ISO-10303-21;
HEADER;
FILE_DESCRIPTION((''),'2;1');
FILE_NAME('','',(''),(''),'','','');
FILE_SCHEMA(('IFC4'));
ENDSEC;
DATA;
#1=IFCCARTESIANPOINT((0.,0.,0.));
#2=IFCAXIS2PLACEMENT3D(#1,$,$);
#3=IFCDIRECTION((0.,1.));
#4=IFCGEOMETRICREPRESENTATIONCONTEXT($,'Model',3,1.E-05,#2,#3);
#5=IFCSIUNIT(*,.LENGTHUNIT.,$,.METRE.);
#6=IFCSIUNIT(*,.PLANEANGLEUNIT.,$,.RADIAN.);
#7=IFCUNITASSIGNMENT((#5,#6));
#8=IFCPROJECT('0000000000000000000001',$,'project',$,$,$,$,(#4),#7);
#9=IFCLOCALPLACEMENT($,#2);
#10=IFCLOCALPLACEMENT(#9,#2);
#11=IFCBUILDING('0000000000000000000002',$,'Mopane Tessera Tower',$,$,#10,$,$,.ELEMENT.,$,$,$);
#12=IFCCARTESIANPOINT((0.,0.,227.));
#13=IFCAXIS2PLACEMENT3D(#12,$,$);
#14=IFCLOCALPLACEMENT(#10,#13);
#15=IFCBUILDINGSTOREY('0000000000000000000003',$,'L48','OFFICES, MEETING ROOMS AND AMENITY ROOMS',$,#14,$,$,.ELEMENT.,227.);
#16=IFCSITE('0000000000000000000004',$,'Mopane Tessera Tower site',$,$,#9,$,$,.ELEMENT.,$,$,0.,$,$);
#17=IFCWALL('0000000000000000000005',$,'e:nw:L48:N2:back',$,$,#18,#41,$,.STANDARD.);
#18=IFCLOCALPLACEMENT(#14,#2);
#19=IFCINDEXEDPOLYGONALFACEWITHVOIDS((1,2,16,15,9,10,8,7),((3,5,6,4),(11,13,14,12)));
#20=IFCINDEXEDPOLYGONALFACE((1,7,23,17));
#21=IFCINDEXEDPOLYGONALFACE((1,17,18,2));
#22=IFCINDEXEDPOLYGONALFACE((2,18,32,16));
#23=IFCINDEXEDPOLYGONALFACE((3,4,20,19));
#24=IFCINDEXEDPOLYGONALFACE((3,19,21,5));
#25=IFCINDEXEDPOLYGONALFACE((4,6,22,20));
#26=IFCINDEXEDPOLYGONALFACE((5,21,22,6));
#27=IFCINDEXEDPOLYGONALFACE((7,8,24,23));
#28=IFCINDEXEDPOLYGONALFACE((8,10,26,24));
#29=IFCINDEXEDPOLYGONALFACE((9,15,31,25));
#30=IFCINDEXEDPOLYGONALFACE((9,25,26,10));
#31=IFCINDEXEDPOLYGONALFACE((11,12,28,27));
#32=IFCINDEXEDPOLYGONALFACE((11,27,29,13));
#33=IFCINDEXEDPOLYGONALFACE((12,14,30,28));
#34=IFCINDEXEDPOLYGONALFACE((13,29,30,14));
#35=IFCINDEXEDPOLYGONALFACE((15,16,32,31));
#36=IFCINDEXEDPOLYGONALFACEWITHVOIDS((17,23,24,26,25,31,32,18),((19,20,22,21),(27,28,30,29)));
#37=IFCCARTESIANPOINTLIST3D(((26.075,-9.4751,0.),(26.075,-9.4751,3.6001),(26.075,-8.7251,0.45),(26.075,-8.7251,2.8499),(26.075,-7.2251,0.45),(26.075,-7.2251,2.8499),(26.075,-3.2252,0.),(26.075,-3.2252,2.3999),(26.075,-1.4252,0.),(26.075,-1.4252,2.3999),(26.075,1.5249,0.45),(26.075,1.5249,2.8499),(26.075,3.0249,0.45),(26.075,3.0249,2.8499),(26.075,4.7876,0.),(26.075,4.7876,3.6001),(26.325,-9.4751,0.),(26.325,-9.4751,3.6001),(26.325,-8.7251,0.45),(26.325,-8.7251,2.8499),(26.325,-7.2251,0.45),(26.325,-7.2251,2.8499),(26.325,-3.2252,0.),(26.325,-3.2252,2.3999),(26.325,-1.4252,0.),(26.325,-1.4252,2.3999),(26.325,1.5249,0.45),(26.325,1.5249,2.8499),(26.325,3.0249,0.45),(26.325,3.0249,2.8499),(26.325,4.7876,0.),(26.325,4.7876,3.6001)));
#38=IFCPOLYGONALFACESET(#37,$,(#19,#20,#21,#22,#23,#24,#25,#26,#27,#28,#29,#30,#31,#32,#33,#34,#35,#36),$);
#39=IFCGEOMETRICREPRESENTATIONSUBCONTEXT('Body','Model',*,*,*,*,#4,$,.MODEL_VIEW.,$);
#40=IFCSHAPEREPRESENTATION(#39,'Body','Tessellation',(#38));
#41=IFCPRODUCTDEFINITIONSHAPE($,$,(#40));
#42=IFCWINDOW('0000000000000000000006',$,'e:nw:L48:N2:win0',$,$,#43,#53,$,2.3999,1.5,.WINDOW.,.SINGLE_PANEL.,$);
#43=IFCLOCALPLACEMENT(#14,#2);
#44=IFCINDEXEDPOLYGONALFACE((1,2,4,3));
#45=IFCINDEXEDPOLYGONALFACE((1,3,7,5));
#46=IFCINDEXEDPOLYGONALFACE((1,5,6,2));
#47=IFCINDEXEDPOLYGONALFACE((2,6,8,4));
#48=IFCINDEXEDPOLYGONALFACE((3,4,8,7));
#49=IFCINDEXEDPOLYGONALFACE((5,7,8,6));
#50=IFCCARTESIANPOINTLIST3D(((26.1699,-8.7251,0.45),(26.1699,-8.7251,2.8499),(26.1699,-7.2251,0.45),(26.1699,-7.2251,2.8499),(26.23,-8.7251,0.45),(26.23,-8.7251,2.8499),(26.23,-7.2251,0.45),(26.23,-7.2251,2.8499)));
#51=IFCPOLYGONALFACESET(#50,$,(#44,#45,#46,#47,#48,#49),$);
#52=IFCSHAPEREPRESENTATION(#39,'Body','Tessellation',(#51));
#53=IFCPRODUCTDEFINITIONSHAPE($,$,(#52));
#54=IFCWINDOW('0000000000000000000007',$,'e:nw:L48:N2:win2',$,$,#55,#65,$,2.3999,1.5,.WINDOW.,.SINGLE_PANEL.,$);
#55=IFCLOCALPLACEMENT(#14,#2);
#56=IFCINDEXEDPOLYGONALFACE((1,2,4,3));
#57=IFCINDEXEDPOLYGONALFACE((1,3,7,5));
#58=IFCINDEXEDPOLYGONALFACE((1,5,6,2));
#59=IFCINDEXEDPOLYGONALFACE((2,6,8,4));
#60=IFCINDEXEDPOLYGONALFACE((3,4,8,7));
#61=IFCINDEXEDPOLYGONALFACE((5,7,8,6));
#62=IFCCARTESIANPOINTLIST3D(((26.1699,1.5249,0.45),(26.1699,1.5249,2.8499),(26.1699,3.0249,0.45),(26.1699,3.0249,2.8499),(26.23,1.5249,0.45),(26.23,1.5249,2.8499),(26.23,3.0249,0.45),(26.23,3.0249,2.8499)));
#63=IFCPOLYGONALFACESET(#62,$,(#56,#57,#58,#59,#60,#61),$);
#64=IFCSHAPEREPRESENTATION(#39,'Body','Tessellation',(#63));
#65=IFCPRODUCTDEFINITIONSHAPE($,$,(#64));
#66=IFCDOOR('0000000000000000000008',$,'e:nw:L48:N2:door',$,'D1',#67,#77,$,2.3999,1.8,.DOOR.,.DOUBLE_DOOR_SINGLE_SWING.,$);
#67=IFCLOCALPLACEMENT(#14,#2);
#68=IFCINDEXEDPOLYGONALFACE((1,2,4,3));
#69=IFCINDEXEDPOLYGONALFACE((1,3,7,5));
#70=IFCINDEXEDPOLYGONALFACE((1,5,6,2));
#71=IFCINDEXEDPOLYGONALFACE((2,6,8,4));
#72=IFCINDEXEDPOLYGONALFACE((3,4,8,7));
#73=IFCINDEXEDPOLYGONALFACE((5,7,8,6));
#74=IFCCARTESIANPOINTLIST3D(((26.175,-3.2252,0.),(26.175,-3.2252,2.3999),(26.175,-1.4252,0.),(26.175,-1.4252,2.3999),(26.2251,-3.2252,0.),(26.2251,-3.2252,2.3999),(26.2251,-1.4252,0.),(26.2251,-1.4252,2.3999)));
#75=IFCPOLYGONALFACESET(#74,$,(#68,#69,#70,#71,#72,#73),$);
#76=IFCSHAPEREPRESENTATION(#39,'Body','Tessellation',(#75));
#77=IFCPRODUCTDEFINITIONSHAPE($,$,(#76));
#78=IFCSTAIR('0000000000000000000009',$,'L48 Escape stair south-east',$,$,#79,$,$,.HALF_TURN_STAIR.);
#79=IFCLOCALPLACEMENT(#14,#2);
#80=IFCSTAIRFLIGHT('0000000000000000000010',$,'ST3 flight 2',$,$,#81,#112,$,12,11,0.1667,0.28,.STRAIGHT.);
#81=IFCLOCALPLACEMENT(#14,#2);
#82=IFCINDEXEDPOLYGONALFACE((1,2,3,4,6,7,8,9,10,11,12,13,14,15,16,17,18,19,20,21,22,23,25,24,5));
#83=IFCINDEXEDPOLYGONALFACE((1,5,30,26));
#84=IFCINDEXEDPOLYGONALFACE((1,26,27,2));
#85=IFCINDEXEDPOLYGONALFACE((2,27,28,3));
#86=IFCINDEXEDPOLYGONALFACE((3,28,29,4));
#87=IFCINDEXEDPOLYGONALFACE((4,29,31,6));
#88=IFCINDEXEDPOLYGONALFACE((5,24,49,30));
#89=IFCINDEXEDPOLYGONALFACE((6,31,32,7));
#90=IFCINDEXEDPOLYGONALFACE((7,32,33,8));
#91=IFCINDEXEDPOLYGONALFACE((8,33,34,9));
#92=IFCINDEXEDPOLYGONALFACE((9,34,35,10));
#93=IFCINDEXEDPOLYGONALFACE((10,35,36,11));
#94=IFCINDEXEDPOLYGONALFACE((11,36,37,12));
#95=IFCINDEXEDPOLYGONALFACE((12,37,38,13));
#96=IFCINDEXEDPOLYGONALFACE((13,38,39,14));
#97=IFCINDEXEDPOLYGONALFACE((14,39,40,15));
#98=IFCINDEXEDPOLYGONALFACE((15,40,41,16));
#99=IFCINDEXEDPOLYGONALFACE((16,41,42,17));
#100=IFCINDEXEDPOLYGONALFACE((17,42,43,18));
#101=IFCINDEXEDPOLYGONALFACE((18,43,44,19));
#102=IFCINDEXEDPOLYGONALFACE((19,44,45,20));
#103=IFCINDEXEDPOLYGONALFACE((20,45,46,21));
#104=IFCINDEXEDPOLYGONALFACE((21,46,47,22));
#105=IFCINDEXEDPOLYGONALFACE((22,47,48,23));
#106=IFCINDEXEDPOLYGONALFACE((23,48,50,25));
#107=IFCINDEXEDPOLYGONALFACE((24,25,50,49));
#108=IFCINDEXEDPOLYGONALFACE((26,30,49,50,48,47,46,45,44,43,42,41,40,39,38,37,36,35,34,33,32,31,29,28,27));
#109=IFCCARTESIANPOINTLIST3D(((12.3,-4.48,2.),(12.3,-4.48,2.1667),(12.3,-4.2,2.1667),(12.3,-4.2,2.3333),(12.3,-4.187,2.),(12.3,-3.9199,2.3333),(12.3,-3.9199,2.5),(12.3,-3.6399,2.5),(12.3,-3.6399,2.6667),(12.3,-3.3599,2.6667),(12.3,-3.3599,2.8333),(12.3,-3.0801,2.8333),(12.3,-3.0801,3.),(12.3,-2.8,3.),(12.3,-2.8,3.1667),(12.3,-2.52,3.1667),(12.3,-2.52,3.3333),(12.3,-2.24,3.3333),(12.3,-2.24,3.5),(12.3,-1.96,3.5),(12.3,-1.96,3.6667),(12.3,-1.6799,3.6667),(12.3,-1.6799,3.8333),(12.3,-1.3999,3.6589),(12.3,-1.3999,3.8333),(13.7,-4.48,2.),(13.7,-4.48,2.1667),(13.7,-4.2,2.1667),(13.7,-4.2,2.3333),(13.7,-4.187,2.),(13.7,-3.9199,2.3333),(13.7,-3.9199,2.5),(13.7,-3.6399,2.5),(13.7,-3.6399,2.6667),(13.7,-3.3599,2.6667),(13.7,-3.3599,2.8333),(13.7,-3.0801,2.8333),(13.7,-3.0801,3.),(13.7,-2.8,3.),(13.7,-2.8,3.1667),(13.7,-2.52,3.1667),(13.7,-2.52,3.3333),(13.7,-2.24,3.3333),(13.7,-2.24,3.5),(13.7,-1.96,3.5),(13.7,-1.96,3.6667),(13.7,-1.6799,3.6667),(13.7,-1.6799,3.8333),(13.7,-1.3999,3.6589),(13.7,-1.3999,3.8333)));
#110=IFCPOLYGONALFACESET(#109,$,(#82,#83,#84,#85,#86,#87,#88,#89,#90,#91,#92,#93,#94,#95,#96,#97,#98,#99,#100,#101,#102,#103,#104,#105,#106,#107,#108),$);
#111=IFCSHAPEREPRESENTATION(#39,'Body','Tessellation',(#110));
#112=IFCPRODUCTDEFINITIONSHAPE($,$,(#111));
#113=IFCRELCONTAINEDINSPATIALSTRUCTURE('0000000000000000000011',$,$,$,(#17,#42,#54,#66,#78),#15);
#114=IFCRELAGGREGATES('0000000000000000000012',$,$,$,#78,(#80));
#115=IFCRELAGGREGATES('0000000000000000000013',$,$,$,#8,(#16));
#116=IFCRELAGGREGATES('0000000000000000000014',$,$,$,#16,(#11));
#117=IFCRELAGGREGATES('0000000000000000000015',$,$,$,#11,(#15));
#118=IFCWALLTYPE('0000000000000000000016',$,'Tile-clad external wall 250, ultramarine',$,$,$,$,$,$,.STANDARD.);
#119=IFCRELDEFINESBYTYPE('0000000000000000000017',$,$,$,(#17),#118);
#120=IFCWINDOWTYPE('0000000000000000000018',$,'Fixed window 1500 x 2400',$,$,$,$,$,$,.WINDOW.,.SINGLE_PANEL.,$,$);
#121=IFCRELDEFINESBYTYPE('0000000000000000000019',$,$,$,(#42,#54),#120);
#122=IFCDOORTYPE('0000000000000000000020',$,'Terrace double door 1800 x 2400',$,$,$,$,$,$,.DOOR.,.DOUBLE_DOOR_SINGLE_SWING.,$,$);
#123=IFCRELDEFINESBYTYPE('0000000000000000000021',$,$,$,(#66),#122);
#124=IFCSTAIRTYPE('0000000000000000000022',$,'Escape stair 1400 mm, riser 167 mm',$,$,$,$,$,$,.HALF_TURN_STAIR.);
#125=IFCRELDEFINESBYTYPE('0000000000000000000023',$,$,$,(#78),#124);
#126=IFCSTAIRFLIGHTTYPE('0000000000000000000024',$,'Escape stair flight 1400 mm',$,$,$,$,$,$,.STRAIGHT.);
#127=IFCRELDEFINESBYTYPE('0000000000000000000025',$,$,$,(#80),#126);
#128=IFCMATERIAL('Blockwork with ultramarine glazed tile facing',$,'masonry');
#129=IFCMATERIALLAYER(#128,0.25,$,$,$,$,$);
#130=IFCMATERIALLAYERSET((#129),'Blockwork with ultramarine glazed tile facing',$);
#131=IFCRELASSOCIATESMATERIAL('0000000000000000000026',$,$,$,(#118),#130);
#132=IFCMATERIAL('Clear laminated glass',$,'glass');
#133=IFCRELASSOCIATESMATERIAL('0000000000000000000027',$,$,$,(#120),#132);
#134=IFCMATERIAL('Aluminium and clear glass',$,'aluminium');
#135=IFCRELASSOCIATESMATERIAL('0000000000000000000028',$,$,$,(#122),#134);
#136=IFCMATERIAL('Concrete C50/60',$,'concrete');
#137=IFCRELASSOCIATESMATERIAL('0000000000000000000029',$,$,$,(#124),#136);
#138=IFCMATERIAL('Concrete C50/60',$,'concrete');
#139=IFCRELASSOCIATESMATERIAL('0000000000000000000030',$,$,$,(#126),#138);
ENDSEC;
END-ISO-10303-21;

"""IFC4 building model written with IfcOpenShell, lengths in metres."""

from ifc_helpers import new_model, si_unit, direction, frame, frame_2d, origin, place, context, subcontext, project, spatial, polyline, rectangle, outline, extrude, material, layer, layer_set, type_object, element, fill, aggregate, save


model = new_model("IFC4")

# Units and contexts
model_context = context("Model", 3, precision=1e-05, world=origin(), true_north=direction((0.0, 1.0)))
body_context = subcontext(model_context, "Body", "Model", "MODEL_VIEW")
ifc_project = project(units=[si_unit("LENGTHUNIT", "METRE"), si_unit("PLANEANGLEUNIT", "RADIAN")], contexts=[model_context])

# Site, building, storey
site_placement = place(None, origin())
site = spatial("IfcSite", under=ifc_project, at=site_placement, Name="Mopane Tessera Tower site", CompositionType="ELEMENT", RefElevation=0.0)
building_placement = place(site_placement, origin())
building = spatial("IfcBuilding", under=site, at=building_placement, Name="Mopane Tessera Tower", CompositionType="ELEMENT")
storey_placement = place(building_placement, frame((0.0, 0.0, 227.0)))
storey = spatial("IfcBuildingStorey", under=building, at=storey_placement, Name="L48", Description="OFFICES, MEETING ROOMS AND AMENITY ROOMS", CompositionType="ELEMENT", Elevation=227.0)

# Wall, openings, windows, door
ifc_material_1 = material(Name="Blockwork with ultramarine glazed tile facing", Category="masonry")
ifc_layer_1 = layer(ifc_material_1, 0.25)
ifc_layer_set_1 = layer_set([ifc_layer_1], Name="Blockwork with ultramarine glazed tile facing")
wall_type_1 = type_object("IfcWallType", Name="Tile-clad external wall 250, ultramarine", PredefinedType="STANDARD", material=ifc_layer_set_1)
wall_1_placement = place(storey_placement, frame((26.2, -9.4751, 0.0), z_axis=(0.0, 0.0, 1.0), x_axis=(0.0, 1.0, 0.0)))
wall_1 = element("IfcWall", 1, at=wall_1_placement, inside=storey, type_object=wall_type_1, Name="e:nw:L48:N2:back", PredefinedType="STANDARD", context=body_context, shape_type="SweptSolid", body=[
    extrude(rectangle(XDim=14.2627, YDim=0.25, at=frame_2d((7.1313, 0.0))), origin(), (0.0, 0.0, 1.0), 3.6001),
])
opening_1_placement = place(wall_1_placement, frame((0.75, 0.0, 0.45)))
opening_1 = element("IfcOpeningElement", 2, at=opening_1_placement, cuts=wall_1, PredefinedType="OPENING", context=body_context, shape_type="SweptSolid", body=[
    extrude(rectangle(XDim=1.5, YDim=2.3999, at=frame_2d((0.75, 1.2))), frame((0.0, 0.137, 0.0), z_axis=(0.0, -1.0, 0.0), x_axis=(1.0, 0.0, 0.0)), (0.0, 0.0, 1.0), 0.2739),
])
opening_2_placement = place(wall_1_placement, frame((6.25, 0.0, 0.0)))
opening_2 = element("IfcOpeningElement", 3, at=opening_2_placement, cuts=wall_1, PredefinedType="OPENING", context=body_context, shape_type="SweptSolid", body=[
    extrude(rectangle(XDim=1.8, YDim=2.3999, at=frame_2d((0.8999, 1.2))), frame((0.0, 0.137, 0.0), z_axis=(0.0, -1.0, 0.0), x_axis=(1.0, 0.0, 0.0)), (0.0, 0.0, 1.0), 0.2739),
])
opening_3_placement = place(wall_1_placement, frame((11.0, 0.0, 0.45)))
opening_3 = element("IfcOpeningElement", 4, at=opening_3_placement, cuts=wall_1, PredefinedType="OPENING", context=body_context, shape_type="SweptSolid", body=[
    extrude(rectangle(XDim=1.5, YDim=2.3999, at=frame_2d((0.75, 1.2))), frame((0.0, 0.137, 0.0), z_axis=(0.0, -1.0, 0.0), x_axis=(1.0, 0.0, 0.0)), (0.0, 0.0, 1.0), 0.2739),
])
ifc_material_2 = material(Name="Clear laminated glass", Category="glass")
window_type = type_object("IfcWindowType", Name="Fixed window 1500 x 2400", PartitioningType="SINGLE_PANEL", PredefinedType="WINDOW", material=ifc_material_2)
window_1_placement = place(opening_1_placement, origin())
window_1 = element("IfcWindow", 5, at=window_1_placement, inside=storey, type_object=window_type, Name="e:nw:L48:N2:win0", OverallHeight=2.3999, OverallWidth=1.5, PartitioningType="SINGLE_PANEL", PredefinedType="WINDOW", context=body_context, shape_type="SweptSolid", body=[
    extrude(rectangle(XDim=1.5, YDim=2.3999, at=frame_2d((0.75, 1.2))), frame((0.0, 0.03, 0.0), z_axis=(0.0, -1.0, 0.0), x_axis=(1.0, 0.0, 0.0)), (0.0, 0.0, 1.0), 0.0601),
])
fill(opening_1, window_1)
window_2_placement = place(opening_3_placement, origin())
window_2 = element("IfcWindow", 6, at=window_2_placement, inside=storey, type_object=window_type, Name="e:nw:L48:N2:win2", OverallHeight=2.3999, OverallWidth=1.5, PartitioningType="SINGLE_PANEL", PredefinedType="WINDOW", context=body_context, shape_type="SweptSolid", body=[
    extrude(rectangle(XDim=1.5, YDim=2.3999, at=frame_2d((0.75, 1.2))), frame((0.0, 0.03, 0.0), z_axis=(0.0, -1.0, 0.0), x_axis=(1.0, 0.0, 0.0)), (0.0, 0.0, 1.0), 0.0601),
])
fill(opening_3, window_2)
ifc_material_3 = material(Name="Aluminium and clear glass", Category="aluminium")
door_type_1 = type_object("IfcDoorType", Name="Terrace double door 1800 x 2400", OperationType="DOUBLE_DOOR_SINGLE_SWING", PredefinedType="DOOR", material=ifc_material_3)
door_1_placement = place(opening_2_placement, origin())
door_1 = element("IfcDoor", 7, at=door_1_placement, inside=storey, type_object=door_type_1, Name="e:nw:L48:N2:door", ObjectType="D1", OperationType="DOUBLE_DOOR_SINGLE_SWING", OverallHeight=2.3999, OverallWidth=1.8, PredefinedType="DOOR", context=body_context, shape_type="SweptSolid", body=[
    extrude(rectangle(XDim=1.8, YDim=2.3999, at=frame_2d((0.8999, 1.2))), frame((0.0, 0.0249, 0.0), z_axis=(0.0, -1.0, 0.0), x_axis=(1.0, 0.0, 0.0)), (0.0, 0.0, 1.0), 0.05),
])
fill(opening_2, door_1)

# Stair, stair flight
ifc_material_4 = material(Name="Concrete C50/60", Category="concrete")
stair_type = type_object("IfcStairType", Name="Escape stair 1400 mm, riser 167 mm", PredefinedType="HALF_TURN_STAIR", material=ifc_material_4)
stair_placement = place(storey_placement, origin())
stair = element("IfcStair", 8, at=stair_placement, inside=storey, type_object=stair_type, Name="L48 Escape stair south-east", PredefinedType="HALF_TURN_STAIR")
ifc_material_5 = material(Name="Concrete C50/60", Category="concrete")
stair_flight_type = type_object("IfcStairFlightType", Name="Escape stair flight 1400 mm", PredefinedType="STRAIGHT", material=ifc_material_5)
stair_flight_placement = place(storey_placement, frame((13.0, -4.48, 2.0), z_axis=(0.0, 0.0, 1.0), x_axis=(0.0, 1.0, 0.0)))
stair_flight = element("IfcStairFlight", 9, at=stair_flight_placement, type_object=stair_flight_type, Name="ST3 flight 2", NumberOfRisers=12, NumberOfTreads=11, PredefinedType="STRAIGHT", RiserHeight=0.1667, TreadLength=0.28, context=body_context, shape_type="SweptSolid", body=[
    extrude(outline(polyline([(0.0, 0.0), (0.0, 0.1667), (0.28, 0.1667), (0.28, 0.3333), (0.5601, 0.3333), (0.5601, 0.5), (0.8401, 0.5), (0.8401, 0.6667), (1.1201, 0.6667), (1.1201, 0.8333), (1.3999, 0.8333), (1.3999, 1.0), (1.6799, 1.0), (1.6799, 1.1667), (1.96, 1.1667), (1.96, 1.3333), (2.24, 1.3333), (2.24, 1.5), (2.52, 1.5), (2.52, 1.6667), (2.8, 1.6667), (2.8, 1.8333), (3.0801, 1.8333), (3.0801, 2.0), (3.0801, 1.6589), (0.293, 0.0), (0.0, 0.0)])), frame((0.0, 0.7, 0.0), z_axis=(0.0, -1.0, 0.0), x_axis=(1.0, 0.0, 0.0)), (0.0, 0.0, 1.0), 1.3999),
])
aggregate(stair, [stair_flight])

save(model, "model.ifc")
